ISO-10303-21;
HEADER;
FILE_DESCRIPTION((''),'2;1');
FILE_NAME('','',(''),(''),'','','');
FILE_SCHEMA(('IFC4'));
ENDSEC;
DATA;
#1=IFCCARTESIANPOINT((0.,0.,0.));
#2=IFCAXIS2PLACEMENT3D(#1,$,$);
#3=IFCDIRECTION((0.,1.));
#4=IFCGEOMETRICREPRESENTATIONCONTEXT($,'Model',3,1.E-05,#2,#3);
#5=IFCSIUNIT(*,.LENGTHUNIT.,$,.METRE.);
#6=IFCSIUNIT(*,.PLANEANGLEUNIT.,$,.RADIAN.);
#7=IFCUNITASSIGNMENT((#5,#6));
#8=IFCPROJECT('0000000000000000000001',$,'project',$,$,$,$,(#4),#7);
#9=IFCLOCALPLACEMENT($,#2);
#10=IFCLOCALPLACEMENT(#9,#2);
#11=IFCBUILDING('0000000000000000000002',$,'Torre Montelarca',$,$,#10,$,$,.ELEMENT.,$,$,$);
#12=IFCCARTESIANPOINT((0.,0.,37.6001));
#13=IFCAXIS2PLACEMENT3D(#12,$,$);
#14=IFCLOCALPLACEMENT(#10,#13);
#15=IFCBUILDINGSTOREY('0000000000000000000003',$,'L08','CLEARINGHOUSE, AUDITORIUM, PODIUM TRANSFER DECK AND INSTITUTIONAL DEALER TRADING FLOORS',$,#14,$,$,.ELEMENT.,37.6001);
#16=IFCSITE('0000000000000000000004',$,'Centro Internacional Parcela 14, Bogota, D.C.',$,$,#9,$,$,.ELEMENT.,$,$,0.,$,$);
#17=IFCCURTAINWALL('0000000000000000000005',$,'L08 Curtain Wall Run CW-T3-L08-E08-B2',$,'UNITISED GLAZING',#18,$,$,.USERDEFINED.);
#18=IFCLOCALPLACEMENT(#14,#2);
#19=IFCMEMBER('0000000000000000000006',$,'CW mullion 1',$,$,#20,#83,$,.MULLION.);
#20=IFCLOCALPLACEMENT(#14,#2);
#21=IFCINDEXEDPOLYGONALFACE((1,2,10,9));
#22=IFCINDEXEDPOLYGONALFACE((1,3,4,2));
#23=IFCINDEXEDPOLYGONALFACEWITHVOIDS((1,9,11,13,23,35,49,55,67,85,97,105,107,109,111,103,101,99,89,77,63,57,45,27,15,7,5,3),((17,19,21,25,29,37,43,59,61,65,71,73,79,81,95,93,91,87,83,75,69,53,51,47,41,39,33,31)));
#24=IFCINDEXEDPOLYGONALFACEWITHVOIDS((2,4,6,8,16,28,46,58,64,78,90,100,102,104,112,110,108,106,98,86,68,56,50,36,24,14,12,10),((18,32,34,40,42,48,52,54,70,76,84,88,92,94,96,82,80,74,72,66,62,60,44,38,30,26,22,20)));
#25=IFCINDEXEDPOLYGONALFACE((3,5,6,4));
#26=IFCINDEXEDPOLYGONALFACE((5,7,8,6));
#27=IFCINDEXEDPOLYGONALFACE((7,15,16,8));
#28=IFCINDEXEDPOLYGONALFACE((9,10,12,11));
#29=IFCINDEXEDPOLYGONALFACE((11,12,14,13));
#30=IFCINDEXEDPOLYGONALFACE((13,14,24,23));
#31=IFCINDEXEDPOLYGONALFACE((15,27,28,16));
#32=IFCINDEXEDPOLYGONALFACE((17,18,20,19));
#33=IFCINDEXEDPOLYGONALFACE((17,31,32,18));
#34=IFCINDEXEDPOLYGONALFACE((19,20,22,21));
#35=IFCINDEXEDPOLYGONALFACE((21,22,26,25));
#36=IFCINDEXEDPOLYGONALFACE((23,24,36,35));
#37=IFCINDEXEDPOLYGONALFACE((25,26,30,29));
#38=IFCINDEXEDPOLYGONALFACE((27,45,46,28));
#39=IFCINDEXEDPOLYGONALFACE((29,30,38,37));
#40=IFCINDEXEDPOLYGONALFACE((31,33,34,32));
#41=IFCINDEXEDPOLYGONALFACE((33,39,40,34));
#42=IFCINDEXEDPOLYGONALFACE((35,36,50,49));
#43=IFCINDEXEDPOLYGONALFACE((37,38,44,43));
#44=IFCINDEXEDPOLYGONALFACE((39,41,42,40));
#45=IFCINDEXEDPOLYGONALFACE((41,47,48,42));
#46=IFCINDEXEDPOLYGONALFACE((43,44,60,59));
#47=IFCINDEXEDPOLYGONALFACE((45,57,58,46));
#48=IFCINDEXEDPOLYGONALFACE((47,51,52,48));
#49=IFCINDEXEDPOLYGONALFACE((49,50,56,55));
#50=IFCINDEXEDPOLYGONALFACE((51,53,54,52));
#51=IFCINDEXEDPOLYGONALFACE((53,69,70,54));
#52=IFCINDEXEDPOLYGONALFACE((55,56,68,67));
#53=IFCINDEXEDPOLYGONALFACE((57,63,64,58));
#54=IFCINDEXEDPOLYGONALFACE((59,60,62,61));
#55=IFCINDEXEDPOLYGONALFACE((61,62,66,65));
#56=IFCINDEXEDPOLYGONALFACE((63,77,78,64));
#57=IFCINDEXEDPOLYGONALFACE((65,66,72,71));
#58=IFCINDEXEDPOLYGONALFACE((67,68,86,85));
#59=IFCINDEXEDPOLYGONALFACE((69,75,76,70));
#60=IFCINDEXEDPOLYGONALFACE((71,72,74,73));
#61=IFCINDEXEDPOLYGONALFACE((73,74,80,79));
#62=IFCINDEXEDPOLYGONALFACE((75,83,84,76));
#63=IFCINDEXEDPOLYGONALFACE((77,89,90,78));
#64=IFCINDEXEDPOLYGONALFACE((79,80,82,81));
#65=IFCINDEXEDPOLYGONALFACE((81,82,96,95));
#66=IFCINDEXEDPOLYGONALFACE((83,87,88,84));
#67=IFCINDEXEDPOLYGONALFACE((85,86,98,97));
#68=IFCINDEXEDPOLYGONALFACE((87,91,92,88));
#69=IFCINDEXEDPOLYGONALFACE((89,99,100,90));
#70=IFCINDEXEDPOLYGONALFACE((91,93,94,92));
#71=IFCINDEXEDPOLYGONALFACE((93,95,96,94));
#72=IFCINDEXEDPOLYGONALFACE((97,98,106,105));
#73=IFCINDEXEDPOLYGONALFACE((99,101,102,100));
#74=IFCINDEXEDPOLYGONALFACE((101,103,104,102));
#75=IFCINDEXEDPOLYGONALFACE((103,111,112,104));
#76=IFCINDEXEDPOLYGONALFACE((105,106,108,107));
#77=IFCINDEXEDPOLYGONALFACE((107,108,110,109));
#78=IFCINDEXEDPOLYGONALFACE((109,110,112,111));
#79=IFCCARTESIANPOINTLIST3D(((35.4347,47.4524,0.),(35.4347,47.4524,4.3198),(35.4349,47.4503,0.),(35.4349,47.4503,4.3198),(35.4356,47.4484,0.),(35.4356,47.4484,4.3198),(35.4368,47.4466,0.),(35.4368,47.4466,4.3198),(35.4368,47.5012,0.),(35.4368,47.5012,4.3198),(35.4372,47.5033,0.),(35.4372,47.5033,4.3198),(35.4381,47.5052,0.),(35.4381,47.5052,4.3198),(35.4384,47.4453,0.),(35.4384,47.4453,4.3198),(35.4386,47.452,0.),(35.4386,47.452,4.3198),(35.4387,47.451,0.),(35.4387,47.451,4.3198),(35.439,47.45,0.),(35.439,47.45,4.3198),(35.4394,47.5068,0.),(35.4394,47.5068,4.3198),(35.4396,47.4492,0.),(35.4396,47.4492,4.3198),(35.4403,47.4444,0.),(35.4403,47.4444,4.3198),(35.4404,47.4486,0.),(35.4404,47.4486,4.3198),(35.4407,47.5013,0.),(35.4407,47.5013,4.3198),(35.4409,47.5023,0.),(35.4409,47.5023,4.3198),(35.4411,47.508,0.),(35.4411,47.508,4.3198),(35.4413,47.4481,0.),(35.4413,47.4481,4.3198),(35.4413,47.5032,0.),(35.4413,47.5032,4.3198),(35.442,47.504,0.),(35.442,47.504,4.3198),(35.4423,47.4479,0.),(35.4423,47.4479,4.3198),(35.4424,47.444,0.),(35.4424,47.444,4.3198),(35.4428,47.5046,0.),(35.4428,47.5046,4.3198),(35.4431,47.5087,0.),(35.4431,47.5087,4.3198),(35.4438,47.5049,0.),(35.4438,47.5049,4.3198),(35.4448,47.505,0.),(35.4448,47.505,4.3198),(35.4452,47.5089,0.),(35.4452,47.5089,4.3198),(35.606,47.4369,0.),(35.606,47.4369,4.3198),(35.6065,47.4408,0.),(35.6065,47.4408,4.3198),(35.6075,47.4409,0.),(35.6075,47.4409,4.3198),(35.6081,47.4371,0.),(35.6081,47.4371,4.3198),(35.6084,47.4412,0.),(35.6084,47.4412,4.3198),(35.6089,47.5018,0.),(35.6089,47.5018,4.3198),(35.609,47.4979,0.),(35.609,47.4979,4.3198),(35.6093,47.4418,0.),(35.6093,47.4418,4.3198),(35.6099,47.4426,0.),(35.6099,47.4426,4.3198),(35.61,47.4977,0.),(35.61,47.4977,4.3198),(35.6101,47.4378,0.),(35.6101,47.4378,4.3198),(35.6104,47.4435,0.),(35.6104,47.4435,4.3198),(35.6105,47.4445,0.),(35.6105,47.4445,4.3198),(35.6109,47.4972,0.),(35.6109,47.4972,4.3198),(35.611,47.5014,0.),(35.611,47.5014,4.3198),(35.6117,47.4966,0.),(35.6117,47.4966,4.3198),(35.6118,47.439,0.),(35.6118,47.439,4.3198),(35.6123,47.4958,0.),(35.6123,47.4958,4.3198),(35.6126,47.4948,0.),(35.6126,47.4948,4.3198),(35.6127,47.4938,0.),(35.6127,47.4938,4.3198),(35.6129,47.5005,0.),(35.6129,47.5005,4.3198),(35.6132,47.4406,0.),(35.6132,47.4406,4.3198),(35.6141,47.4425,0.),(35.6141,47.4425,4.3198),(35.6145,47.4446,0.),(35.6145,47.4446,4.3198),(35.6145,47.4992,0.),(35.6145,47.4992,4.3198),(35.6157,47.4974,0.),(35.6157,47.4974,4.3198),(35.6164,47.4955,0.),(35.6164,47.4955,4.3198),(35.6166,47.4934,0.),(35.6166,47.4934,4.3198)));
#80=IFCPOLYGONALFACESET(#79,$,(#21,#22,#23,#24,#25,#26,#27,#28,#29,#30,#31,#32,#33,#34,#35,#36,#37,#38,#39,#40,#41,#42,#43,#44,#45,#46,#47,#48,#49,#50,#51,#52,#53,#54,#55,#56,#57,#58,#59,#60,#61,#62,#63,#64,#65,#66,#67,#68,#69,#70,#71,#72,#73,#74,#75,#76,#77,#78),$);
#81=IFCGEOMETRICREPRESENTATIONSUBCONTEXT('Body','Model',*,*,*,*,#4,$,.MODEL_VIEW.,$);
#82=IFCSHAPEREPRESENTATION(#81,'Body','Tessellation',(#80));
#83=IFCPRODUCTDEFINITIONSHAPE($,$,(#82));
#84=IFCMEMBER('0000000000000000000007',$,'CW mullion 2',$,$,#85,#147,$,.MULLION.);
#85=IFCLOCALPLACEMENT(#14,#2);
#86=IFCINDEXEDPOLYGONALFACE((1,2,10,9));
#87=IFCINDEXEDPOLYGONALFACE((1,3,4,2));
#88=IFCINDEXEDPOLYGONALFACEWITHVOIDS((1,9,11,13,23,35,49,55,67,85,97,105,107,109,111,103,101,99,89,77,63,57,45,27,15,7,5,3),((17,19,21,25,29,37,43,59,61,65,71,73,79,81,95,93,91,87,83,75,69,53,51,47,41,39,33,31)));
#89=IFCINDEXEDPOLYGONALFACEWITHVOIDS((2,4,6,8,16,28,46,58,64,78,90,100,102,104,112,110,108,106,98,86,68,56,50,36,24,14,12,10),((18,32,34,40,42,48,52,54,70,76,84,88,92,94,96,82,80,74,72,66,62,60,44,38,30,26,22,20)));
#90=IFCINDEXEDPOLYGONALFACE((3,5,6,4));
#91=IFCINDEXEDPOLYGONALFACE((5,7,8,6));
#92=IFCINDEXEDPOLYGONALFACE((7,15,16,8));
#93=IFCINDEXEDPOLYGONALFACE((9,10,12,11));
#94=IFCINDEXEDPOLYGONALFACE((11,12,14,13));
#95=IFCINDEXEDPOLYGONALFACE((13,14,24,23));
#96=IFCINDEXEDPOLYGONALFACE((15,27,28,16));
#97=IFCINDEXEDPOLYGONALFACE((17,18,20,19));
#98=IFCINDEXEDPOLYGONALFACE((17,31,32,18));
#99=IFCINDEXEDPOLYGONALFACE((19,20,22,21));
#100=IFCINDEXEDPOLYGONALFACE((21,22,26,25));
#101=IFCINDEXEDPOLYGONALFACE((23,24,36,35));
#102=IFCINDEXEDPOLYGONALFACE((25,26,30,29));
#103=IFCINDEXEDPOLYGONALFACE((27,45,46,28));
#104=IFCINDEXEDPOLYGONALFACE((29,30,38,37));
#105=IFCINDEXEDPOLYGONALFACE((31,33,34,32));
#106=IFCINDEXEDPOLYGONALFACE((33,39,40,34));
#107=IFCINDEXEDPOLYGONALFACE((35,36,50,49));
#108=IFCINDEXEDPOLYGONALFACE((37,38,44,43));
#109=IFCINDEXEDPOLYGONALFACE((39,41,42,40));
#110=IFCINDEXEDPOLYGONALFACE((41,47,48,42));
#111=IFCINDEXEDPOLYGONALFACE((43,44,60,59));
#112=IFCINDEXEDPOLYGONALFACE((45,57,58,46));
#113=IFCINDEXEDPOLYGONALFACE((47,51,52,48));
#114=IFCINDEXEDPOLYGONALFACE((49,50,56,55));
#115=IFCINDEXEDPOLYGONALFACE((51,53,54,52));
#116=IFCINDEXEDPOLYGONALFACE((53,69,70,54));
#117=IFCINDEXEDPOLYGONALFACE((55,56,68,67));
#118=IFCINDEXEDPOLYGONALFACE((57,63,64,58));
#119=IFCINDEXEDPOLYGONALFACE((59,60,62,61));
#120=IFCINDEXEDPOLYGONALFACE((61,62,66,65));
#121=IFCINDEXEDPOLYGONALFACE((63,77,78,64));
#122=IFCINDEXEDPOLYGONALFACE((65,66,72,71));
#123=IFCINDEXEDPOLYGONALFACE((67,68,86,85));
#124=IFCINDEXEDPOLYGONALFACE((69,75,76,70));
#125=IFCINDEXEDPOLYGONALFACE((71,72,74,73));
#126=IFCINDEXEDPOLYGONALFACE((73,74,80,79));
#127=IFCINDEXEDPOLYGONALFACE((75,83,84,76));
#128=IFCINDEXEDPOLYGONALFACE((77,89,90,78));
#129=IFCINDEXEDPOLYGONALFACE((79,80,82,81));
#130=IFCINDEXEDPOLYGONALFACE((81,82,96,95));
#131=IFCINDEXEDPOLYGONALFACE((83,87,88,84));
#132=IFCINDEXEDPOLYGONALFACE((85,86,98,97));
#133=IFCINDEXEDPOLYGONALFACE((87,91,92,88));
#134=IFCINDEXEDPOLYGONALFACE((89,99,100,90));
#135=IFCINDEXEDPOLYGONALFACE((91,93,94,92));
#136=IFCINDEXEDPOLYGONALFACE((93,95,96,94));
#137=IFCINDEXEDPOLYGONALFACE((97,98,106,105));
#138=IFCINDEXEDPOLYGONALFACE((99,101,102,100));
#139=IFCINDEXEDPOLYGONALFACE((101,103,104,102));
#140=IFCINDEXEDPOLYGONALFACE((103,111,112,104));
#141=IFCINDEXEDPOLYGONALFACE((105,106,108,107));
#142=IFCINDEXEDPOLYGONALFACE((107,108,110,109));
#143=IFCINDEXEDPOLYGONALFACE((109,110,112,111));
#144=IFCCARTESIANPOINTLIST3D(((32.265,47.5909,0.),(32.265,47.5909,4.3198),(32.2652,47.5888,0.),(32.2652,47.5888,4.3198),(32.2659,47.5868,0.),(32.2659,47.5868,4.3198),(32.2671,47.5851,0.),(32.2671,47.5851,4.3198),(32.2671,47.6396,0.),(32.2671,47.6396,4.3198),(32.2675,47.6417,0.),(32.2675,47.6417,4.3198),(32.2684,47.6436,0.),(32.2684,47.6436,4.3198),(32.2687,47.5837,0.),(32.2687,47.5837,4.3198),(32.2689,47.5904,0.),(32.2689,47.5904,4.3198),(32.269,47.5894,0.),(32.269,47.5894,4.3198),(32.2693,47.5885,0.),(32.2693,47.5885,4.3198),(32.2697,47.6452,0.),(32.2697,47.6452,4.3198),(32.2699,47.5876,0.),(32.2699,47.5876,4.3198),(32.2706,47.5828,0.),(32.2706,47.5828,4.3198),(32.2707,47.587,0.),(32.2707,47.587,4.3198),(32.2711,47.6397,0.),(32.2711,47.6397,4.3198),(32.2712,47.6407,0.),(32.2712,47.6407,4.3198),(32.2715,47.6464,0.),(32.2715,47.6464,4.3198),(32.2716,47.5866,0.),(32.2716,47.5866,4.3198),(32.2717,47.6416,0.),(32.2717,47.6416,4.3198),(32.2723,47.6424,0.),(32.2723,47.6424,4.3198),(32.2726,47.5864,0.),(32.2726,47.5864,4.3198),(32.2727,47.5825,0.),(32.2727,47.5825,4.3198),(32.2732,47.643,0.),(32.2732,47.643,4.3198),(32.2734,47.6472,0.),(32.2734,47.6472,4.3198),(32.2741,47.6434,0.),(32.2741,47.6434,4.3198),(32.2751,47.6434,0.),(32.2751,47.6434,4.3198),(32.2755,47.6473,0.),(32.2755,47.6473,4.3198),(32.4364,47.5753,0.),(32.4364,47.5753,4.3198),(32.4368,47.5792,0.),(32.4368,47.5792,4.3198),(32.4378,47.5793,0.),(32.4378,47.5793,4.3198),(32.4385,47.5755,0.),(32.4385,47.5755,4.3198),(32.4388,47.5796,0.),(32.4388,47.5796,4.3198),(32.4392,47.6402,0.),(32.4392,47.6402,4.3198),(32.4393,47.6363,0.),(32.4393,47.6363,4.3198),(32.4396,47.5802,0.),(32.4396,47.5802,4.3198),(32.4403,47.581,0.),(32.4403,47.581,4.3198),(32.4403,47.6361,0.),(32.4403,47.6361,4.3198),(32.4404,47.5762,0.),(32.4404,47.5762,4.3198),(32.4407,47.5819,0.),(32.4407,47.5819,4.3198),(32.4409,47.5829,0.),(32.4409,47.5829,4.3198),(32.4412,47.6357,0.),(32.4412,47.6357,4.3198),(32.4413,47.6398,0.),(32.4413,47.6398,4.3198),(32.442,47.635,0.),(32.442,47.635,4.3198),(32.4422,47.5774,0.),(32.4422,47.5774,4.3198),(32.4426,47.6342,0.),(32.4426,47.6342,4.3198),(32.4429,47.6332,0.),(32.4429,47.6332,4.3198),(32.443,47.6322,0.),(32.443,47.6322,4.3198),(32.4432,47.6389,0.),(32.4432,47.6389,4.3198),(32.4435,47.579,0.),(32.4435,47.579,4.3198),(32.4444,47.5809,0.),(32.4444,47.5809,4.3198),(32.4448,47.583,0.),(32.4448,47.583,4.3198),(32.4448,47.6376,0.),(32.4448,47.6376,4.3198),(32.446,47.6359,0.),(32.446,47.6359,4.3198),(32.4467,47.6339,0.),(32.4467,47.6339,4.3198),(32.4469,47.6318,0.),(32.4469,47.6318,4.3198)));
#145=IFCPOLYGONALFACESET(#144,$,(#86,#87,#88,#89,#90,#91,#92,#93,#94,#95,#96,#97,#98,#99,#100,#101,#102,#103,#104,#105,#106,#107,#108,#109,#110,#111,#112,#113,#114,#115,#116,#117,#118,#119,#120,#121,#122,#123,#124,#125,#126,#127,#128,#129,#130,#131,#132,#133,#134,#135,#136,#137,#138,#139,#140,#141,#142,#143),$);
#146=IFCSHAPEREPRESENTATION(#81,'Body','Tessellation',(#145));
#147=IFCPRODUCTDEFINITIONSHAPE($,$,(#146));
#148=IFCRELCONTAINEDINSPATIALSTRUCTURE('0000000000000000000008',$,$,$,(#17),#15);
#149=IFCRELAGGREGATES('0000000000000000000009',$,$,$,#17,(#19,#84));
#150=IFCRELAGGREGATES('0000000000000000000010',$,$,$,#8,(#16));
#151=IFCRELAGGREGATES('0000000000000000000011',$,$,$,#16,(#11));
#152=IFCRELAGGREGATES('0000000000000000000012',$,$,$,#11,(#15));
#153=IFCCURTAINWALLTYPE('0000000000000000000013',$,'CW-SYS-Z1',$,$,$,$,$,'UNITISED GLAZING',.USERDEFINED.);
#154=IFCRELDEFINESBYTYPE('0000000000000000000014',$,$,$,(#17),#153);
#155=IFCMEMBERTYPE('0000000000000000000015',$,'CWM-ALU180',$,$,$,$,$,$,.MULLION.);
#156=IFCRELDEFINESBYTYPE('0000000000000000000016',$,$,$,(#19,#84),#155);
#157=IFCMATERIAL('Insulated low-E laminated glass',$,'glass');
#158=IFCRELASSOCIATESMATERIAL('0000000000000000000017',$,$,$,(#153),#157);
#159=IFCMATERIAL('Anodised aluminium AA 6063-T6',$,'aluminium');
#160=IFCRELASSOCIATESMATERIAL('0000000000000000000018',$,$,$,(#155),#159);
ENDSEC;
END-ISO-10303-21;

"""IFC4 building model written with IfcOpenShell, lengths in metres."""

from ifc_helpers import new_model, si_unit, direction, frame, origin, origin_2d, place, context, subcontext, project, spatial, hollow_rectangle, extrude, source, transform, mapped, material, material_profile, profile_set, type_object, element, aggregate, save


model = new_model("IFC4")

# Units and contexts
model_context = context("Model", 3, precision=1e-05, world=origin(), true_north=direction((0.0, 1.0)))
body_context = subcontext(model_context, "Body", "Model", "MODEL_VIEW")
ifc_project = project(units=[si_unit("LENGTHUNIT", "METRE"), si_unit("PLANEANGLEUNIT", "RADIAN")], contexts=[model_context])

# Site, building, storey
site_placement = place(None, origin())
site = spatial("IfcSite", under=ifc_project, at=site_placement, Name="Centro Internacional Parcela 14, Bogota, D.C.", CompositionType="ELEMENT", RefElevation=0.0)
building_placement = place(site_placement, origin())
building = spatial("IfcBuilding", under=site, at=building_placement, Name="Torre Montelarca", CompositionType="ELEMENT")
storey_placement = place(building_placement, frame((0.0, 0.0, 37.6001)))
storey = spatial("IfcBuildingStorey", under=building, at=storey_placement, Name="L08", Description="CLEARINGHOUSE, AUDITORIUM, PODIUM TRANSFER DECK AND INSTITUTIONAL DEALER TRADING FLOORS", CompositionType="ELEMENT", Elevation=37.6001)

# Curtain wall, members
ifc_material_1 = material(Name="Insulated low-E laminated glass", Category="glass")
curtain_wall_type = type_object("IfcCurtainWallType", Name="CW-SYS-Z1", ElementType="UNITISED GLAZING", PredefinedType="USERDEFINED", material=ifc_material_1)
curtain_wall_1_placement = place(storey_placement, origin())
curtain_wall_1 = element("IfcCurtainWall", 1, at=curtain_wall_1_placement, inside=storey, type_object=curtain_wall_type, Name="L08 Curtain Wall Run CW-T3-L08-E08-B2", ObjectType="UNITISED GLAZING", PredefinedType="USERDEFINED")
ifc_material_2 = material(Name="Anodised aluminium AA 6063-T6", Category="aluminium")
ifc_material_profile_1 = material_profile(ifc_material_2, hollow_rectangle(XDim=0.0649, YDim=0.1799, WallThickness=0.0039, InnerFilletRadius=0.0039, OuterFilletRadius=0.0081, at=origin_2d()), Name="ALU65X180X4", Category="aluminium")
ifc_profile_set_1 = profile_set([ifc_material_profile_1], Name="Anodised aluminium AA 6063-T6")
member_type_1 = type_object("IfcMemberType", Name="CWM-ALU180", PredefinedType="MULLION", material=ifc_profile_set_1)
shared_shape_1 = source(origin(), body_context, "Body", "SweptSolid", [
    extrude(hollow_rectangle(XDim=0.0649, YDim=0.1799, WallThickness=0.0039, InnerFilletRadius=0.0039, OuterFilletRadius=0.0081, at=origin_2d()), origin(), (0.0, 0.0, 1.0), 4.3198),
])
member_1_placement = place(storey_placement, frame((35.5256, 47.4729, 0.0), z_axis=(0.0, 0.0, 1.0), x_axis=(-0.043615, -0.999048, 0.0)))
member_1 = element("IfcMember", 2, at=member_1_placement, type_object=member_type_1, Name="CW mullion 1", PredefinedType="MULLION", context=body_context, shape_type="MappedRepresentation", body=[
    mapped(shared_shape_1, transform((0.0, 0.0, 0.0), scale=1.0)),
])
member_2_placement = place(storey_placement, frame((32.356, 47.6113, 0.0), z_axis=(0.0, 0.0, 1.0), x_axis=(-0.043615, -0.999048, 0.0)))
member_2 = element("IfcMember", 3, at=member_2_placement, type_object=member_type_1, Name="CW mullion 2", PredefinedType="MULLION", context=body_context, shape_type="MappedRepresentation", body=[
    mapped(shared_shape_1, transform((0.0, 0.0, 0.0), scale=1.0)),
])

aggregate(curtain_wall_1, [member_1, member_2])

save(model, "model.ifc")
